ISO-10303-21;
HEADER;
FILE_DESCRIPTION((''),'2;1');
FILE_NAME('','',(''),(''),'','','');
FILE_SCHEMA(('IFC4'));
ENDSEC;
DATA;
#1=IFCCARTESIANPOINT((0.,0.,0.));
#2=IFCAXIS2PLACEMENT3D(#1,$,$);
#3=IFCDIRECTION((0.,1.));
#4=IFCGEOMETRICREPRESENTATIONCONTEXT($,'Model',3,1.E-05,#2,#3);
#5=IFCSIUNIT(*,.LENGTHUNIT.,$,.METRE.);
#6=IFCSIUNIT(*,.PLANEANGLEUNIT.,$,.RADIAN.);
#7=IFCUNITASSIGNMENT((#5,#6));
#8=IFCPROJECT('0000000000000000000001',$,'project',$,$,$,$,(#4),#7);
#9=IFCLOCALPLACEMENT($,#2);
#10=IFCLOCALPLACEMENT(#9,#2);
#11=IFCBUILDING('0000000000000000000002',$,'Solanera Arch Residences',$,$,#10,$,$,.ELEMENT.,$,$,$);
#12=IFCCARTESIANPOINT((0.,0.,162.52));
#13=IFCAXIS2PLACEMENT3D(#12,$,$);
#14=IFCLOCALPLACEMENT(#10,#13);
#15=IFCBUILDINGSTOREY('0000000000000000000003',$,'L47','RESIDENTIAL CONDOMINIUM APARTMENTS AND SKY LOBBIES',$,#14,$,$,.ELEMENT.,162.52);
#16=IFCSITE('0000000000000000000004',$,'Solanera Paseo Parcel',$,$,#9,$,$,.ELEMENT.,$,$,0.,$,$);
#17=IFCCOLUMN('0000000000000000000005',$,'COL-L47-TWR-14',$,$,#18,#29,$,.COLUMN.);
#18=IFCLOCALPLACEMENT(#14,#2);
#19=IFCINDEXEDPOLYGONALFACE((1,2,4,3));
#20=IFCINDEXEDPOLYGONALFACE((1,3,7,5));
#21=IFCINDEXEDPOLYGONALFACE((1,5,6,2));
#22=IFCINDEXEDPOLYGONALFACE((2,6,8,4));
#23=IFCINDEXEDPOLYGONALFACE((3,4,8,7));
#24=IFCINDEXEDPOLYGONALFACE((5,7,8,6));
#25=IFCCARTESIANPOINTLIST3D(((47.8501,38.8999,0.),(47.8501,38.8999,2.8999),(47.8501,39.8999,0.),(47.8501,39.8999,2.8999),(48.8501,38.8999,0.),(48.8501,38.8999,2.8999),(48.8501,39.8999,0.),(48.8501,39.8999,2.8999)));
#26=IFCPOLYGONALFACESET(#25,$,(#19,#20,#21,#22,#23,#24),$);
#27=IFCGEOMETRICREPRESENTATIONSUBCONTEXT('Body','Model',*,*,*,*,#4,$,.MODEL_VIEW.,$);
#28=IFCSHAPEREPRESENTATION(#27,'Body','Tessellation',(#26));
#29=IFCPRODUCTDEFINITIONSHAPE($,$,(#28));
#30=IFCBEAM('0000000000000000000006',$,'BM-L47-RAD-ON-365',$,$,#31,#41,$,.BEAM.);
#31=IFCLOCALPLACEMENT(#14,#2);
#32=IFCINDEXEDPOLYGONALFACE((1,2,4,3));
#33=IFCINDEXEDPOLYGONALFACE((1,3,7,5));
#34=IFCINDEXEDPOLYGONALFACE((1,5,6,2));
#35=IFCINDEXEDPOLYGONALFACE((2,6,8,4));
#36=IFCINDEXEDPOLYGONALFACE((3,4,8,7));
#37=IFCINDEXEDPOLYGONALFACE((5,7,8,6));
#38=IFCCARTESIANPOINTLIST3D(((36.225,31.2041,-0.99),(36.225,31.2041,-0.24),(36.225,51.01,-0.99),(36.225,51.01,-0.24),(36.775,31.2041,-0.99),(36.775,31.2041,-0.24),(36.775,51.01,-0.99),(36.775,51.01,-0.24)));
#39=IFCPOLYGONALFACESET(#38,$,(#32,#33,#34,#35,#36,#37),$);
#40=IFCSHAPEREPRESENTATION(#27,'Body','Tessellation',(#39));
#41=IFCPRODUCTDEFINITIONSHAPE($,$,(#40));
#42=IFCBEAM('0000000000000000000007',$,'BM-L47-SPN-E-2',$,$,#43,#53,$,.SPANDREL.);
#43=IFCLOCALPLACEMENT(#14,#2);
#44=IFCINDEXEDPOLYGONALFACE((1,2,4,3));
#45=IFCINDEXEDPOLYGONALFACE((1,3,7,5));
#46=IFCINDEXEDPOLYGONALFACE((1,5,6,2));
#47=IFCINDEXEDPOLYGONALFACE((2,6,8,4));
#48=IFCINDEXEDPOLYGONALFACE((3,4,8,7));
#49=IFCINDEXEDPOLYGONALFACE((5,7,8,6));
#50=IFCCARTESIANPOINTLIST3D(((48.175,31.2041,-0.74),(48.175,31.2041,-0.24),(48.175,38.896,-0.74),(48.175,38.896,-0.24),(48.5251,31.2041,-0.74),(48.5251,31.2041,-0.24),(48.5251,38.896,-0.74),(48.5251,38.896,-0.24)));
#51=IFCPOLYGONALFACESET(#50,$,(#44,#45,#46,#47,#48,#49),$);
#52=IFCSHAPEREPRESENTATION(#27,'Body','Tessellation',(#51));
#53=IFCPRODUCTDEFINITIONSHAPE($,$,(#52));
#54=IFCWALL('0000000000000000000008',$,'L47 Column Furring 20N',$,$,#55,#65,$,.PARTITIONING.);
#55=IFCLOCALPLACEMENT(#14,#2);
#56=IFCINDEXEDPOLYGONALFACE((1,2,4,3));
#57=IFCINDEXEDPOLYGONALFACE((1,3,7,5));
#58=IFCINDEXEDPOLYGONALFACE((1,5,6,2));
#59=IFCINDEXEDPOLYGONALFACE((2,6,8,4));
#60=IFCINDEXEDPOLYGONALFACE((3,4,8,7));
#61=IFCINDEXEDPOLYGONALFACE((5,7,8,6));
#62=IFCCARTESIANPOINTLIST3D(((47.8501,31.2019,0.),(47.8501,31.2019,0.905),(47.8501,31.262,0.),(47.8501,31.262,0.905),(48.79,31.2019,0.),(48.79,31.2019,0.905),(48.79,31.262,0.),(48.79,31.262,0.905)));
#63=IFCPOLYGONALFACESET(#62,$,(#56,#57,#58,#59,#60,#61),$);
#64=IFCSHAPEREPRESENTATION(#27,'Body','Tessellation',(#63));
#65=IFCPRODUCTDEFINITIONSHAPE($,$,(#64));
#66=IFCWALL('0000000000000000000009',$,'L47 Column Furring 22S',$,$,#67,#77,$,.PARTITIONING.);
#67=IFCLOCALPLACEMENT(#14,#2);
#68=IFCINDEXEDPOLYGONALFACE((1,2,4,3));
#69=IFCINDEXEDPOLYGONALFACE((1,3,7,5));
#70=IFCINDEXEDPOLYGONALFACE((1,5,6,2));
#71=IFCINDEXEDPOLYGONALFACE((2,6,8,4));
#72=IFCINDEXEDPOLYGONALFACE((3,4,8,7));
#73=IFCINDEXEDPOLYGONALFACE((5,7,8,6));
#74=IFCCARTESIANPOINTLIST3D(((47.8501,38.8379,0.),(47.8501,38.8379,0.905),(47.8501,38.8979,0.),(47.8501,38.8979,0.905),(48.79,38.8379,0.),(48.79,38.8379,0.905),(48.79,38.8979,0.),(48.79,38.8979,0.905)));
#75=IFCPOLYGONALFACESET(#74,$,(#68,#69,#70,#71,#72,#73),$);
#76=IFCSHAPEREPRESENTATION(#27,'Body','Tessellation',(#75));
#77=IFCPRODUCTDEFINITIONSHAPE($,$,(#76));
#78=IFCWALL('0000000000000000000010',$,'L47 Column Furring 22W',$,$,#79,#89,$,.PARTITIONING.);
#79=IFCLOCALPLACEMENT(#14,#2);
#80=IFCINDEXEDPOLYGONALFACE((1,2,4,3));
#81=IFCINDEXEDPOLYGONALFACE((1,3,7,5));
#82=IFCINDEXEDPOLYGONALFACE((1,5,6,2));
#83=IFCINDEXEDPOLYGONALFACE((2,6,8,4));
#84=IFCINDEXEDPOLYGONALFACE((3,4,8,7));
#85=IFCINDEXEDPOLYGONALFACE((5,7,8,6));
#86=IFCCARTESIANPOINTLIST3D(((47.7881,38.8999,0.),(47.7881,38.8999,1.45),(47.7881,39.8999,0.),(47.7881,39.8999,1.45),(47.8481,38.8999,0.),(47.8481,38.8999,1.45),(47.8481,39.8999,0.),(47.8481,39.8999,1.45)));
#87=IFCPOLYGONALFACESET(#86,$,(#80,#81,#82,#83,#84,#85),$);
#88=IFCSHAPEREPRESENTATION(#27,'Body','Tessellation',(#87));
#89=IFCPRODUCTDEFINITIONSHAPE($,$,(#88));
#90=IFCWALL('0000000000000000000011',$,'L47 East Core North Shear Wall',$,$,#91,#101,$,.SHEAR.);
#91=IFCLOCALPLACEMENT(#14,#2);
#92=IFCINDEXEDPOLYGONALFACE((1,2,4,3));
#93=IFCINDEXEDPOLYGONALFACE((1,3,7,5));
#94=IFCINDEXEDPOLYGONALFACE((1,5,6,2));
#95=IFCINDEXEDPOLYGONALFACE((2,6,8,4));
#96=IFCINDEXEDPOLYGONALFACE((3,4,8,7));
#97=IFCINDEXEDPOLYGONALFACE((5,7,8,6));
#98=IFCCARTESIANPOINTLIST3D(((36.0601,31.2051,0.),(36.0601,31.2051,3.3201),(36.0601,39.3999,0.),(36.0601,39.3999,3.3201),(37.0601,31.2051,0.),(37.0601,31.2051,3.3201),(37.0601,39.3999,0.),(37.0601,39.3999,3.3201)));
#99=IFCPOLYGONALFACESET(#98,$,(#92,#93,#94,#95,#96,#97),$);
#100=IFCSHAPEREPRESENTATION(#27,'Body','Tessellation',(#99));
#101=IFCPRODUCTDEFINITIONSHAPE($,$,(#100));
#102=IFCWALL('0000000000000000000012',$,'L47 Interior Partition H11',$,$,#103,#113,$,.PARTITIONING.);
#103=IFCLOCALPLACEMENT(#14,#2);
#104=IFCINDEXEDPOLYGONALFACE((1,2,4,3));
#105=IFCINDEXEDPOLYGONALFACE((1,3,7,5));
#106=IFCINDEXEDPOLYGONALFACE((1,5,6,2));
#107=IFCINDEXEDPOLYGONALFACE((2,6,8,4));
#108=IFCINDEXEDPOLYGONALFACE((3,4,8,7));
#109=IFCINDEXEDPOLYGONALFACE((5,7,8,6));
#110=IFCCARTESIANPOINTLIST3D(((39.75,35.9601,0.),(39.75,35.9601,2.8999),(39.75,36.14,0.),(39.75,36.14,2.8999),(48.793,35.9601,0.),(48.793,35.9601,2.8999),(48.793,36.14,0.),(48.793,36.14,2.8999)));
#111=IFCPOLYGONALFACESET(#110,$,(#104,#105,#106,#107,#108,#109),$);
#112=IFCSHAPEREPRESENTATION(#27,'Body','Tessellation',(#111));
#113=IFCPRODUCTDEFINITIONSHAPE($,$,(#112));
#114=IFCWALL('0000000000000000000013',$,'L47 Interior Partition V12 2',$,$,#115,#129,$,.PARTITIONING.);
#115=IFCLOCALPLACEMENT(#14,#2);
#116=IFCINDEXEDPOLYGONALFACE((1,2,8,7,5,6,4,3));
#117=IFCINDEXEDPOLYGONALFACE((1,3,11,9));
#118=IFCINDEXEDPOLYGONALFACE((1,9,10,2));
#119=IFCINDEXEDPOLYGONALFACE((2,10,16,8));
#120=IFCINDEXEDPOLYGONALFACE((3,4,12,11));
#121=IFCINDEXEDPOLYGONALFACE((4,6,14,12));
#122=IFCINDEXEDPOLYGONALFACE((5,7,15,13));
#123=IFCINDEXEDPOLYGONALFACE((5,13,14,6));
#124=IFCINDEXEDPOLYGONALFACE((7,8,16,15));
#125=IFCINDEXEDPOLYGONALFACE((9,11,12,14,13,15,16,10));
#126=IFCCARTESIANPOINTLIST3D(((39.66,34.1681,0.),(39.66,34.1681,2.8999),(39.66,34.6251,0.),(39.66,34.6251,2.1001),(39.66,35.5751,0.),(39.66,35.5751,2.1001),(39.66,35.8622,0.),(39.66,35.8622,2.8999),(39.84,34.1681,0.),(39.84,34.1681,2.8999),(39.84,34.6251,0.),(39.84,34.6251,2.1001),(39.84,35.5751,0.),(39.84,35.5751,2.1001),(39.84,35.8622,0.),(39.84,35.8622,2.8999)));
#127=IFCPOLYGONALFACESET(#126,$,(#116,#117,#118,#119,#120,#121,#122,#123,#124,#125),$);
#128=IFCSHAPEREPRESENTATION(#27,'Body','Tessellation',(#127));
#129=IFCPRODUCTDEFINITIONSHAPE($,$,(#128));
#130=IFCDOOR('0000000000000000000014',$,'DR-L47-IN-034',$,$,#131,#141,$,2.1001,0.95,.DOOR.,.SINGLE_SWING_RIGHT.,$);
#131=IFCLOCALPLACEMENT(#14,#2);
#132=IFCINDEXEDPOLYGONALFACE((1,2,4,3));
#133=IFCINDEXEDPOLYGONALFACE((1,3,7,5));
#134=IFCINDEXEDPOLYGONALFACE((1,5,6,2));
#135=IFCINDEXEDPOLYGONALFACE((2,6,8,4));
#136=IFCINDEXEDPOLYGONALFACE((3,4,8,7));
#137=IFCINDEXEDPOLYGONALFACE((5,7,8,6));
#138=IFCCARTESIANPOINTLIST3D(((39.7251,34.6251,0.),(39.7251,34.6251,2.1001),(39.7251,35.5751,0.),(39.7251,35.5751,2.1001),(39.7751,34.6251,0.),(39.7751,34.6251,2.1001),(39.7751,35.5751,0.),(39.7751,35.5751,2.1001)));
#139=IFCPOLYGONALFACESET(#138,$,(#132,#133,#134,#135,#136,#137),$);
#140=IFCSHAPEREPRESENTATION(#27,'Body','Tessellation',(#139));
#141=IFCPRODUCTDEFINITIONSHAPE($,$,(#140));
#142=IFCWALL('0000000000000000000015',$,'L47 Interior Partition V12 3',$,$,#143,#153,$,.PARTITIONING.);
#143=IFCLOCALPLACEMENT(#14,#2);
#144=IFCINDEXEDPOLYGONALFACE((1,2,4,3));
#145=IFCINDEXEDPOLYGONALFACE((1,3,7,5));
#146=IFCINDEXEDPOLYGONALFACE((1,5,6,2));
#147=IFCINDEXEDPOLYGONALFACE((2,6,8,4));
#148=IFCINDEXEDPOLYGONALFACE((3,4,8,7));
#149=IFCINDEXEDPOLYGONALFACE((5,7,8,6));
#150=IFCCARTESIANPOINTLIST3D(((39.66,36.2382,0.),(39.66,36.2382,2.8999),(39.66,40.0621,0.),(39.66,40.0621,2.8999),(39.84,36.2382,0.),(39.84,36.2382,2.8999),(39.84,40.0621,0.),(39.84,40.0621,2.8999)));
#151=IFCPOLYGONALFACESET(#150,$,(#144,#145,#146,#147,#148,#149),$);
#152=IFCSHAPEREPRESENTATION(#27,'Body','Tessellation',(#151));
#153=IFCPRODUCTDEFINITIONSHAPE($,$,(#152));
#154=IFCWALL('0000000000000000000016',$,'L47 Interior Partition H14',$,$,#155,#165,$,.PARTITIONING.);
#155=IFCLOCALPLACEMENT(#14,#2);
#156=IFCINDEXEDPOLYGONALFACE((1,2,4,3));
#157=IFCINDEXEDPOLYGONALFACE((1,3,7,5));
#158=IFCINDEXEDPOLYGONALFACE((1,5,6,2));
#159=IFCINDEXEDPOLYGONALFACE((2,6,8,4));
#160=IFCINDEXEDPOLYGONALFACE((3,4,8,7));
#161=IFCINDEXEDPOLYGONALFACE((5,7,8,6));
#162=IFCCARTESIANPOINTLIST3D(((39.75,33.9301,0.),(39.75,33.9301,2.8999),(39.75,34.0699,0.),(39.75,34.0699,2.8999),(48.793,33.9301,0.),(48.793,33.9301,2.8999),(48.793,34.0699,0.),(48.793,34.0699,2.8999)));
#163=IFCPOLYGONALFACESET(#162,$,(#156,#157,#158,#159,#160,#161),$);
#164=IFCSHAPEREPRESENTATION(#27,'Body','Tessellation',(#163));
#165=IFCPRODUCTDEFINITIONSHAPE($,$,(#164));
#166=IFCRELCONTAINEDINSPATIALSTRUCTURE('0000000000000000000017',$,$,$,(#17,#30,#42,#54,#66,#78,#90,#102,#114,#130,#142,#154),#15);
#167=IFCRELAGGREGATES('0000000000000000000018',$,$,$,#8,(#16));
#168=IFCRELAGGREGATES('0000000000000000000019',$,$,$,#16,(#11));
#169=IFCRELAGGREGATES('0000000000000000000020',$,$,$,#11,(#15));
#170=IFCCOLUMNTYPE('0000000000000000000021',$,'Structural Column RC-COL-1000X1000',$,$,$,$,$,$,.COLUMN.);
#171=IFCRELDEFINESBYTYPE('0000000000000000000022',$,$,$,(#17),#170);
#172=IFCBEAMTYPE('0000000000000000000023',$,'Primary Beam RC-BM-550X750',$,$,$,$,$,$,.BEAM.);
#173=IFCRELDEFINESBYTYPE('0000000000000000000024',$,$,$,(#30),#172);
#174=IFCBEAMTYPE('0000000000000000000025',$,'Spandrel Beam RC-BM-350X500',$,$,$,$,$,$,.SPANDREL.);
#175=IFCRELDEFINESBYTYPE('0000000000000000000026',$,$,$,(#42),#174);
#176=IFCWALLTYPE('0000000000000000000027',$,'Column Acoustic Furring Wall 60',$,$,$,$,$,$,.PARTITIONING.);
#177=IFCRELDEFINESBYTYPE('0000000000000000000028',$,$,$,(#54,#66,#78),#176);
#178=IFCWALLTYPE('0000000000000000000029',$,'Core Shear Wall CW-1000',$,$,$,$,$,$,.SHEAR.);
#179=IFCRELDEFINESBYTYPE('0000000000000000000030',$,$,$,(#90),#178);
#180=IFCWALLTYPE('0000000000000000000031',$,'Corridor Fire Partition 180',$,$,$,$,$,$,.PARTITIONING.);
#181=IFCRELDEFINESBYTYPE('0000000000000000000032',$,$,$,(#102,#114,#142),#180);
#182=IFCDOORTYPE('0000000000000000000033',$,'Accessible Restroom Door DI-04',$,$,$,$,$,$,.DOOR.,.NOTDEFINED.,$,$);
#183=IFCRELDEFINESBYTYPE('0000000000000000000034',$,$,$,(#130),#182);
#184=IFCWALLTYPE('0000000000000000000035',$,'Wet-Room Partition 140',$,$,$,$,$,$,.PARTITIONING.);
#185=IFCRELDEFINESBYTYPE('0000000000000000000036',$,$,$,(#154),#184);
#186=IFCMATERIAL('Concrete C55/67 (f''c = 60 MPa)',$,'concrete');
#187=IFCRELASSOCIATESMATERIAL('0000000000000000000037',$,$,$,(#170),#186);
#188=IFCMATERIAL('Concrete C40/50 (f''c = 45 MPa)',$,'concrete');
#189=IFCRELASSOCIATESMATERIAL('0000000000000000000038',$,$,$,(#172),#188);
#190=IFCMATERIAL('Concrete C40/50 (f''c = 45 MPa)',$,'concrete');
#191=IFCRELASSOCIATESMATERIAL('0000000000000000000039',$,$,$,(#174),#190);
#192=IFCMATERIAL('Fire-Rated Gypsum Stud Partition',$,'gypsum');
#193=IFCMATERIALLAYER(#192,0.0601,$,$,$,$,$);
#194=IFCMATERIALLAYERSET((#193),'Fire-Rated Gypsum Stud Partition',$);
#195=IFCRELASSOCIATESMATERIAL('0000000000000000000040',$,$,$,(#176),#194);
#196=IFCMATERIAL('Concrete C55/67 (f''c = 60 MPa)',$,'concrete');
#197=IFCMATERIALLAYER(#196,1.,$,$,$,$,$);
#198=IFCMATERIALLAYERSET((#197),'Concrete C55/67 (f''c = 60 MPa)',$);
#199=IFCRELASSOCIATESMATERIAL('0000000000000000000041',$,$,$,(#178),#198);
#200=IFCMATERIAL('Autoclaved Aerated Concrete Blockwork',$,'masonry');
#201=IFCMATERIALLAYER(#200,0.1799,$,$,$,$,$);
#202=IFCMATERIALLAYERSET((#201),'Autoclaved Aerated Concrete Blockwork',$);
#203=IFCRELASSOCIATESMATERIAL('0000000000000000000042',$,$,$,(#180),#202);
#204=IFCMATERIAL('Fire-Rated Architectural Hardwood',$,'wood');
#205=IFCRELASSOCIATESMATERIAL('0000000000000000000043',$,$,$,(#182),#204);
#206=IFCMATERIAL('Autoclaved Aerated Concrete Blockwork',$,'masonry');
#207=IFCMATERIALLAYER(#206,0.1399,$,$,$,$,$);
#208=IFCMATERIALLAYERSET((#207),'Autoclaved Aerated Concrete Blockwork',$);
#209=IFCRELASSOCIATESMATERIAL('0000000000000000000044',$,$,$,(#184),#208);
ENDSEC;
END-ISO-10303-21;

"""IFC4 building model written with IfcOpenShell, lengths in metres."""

from ifc_helpers import new_model, si_unit, direction, frame, frame_2d, origin, origin_2d, place, context, subcontext, project, spatial, rectangle, extrude, material, layer, layer_set, material_profile, profile_set, type_object, element, fill, save


model = new_model("IFC4")

# Units and contexts
model_context = context("Model", 3, precision=1e-05, world=origin(), true_north=direction((0.0, 1.0)))
body_context = subcontext(model_context, "Body", "Model", "MODEL_VIEW")
ifc_project = project(units=[si_unit("LENGTHUNIT", "METRE"), si_unit("PLANEANGLEUNIT", "RADIAN")], contexts=[model_context])

# Site, building, storey
site_placement = place(None, origin())
site = spatial("IfcSite", under=ifc_project, at=site_placement, Name="Solanera Paseo Parcel", CompositionType="ELEMENT", RefElevation=0.0)
building_placement = place(site_placement, origin())
building = spatial("IfcBuilding", under=site, at=building_placement, Name="Solanera Arch Residences", CompositionType="ELEMENT")
storey_placement = place(building_placement, frame((0.0, 0.0, 162.52)))
storey = spatial("IfcBuildingStorey", under=building, at=storey_placement, Name="L47", Description="RESIDENTIAL CONDOMINIUM APARTMENTS AND SKY LOBBIES", CompositionType="ELEMENT", Elevation=162.52)

# Column
ifc_material_1 = material(Name="Concrete C55/67 (f'c = 60 MPa)", Category="concrete")
ifc_material_profile_1 = material_profile(ifc_material_1, rectangle(XDim=1.0, YDim=1.0, at=origin_2d()))
ifc_profile_set_1 = profile_set([ifc_material_profile_1], Name="Concrete C55/67 (f'c = 60 MPa)")
column_type = type_object("IfcColumnType", Name="Structural Column RC-COL-1000X1000", PredefinedType="COLUMN", material=ifc_profile_set_1)
column_placement = place(storey_placement, frame((48.3501, 39.3999, 0.0), z_axis=(0.0, 0.0, 1.0), x_axis=(1.0, 0.0, 0.0)))
element("IfcColumn", 1, at=column_placement, inside=storey, type_object=column_type, Name="COL-L47-TWR-14", PredefinedType="COLUMN", context=body_context, shape_type="SweptSolid", body=[
    extrude(rectangle(XDim=1.0, YDim=1.0, at=origin_2d()), origin(), (0.0, 0.0, 1.0), 2.8999),
])

# Beams
ifc_material_2 = material(Name="Concrete C40/50 (f'c = 45 MPa)", Category="concrete")
ifc_material_profile_2 = material_profile(ifc_material_2, rectangle(XDim=0.55, YDim=0.75, at=origin_2d()))
ifc_profile_set_2 = profile_set([ifc_material_profile_2], Name="Concrete C40/50 (f'c = 45 MPa)")
beam_type_1 = type_object("IfcBeamType", Name="Primary Beam RC-BM-550X750", PredefinedType="BEAM", material=ifc_profile_set_2)
beam_1_placement = place(storey_placement, frame((36.5, 31.2041, -0.615), z_axis=(0.0, 1.0, 0.0), x_axis=(-1.0, 0.0, 0.0)))
element("IfcBeam", 2, at=beam_1_placement, inside=storey, type_object=beam_type_1, Name="BM-L47-RAD-ON-365", PredefinedType="BEAM", context=body_context, shape_type="SweptSolid", body=[
    extrude(rectangle(XDim=0.55, YDim=0.75, at=origin_2d()), origin(), (0.0, 0.0, 1.0), 19.8059),
])
ifc_material_3 = material(Name="Concrete C40/50 (f'c = 45 MPa)", Category="concrete")
ifc_material_profile_3 = material_profile(ifc_material_3, rectangle(XDim=0.3501, YDim=0.5, at=origin_2d()))
ifc_profile_set_3 = profile_set([ifc_material_profile_3], Name="Concrete C40/50 (f'c = 45 MPa)")
beam_type_2 = type_object("IfcBeamType", Name="Spandrel Beam RC-BM-350X500", PredefinedType="SPANDREL", material=ifc_profile_set_3)
beam_2_placement = place(storey_placement, frame((48.3501, 31.2041, -0.49), z_axis=(0.0, 1.0, 0.0), x_axis=(-1.0, 0.0, 0.0)))
element("IfcBeam", 3, at=beam_2_placement, inside=storey, type_object=beam_type_2, Name="BM-L47-SPN-E-2", PredefinedType="SPANDREL", context=body_context, shape_type="SweptSolid", body=[
    extrude(rectangle(XDim=0.3501, YDim=0.5, at=origin_2d()), origin(), (0.0, 0.0, 1.0), 7.6919),
])

# Walls
ifc_material_4 = material(Name="Fire-Rated Gypsum Stud Partition", Category="gypsum")
ifc_layer_1 = layer(ifc_material_4, 0.0601)
ifc_layer_set_1 = layer_set([ifc_layer_1], Name="Fire-Rated Gypsum Stud Partition")
wall_type_1 = type_object("IfcWallType", Name="Column Acoustic Furring Wall 60", PredefinedType="PARTITIONING", material=ifc_layer_set_1)
for number, where, z_axis, x_axis, name in (
    (4, (47.8501, 31.2319, 0.0), (0.0, 0.0, 1.0), (1.0, 0.0, 0.0), "L47 Column Furring 20N"),
    (5, (47.8501, 38.8679, 0.0), (0.0, 0.0, 1.0), (1.0, 0.0, 0.0), "L47 Column Furring 22S"),
):
    element("IfcWall", number, at=place(storey_placement, frame(where, z_axis=z_axis, x_axis=x_axis)), inside=storey, type_object=wall_type_1, Name=name, PredefinedType="PARTITIONING", context=body_context, shape_type="SweptSolid", body=[
        extrude(rectangle(XDim=0.9399, YDim=0.0601, at=frame_2d((0.47, 0.0))), origin(), (0.0, 0.0, 1.0), 0.905),
    ])
wall_1_placement = place(storey_placement, frame((47.8181, 38.8999, 0.0), z_axis=(0.0, 0.0, 1.0), x_axis=(0.0, 1.0, 0.0)))
element("IfcWall", 6, at=wall_1_placement, inside=storey, type_object=wall_type_1, Name="L47 Column Furring 22W", PredefinedType="PARTITIONING", context=body_context, shape_type="SweptSolid", body=[
    extrude(rectangle(XDim=1.0, YDim=0.0601, at=frame_2d((0.5, 0.0))), origin(), (0.0, 0.0, 1.0), 1.45),
])
ifc_material_5 = material(Name="Concrete C55/67 (f'c = 60 MPa)", Category="concrete")
ifc_layer_2 = layer(ifc_material_5, 1.0)
ifc_layer_set_2 = layer_set([ifc_layer_2], Name="Concrete C55/67 (f'c = 60 MPa)")
wall_type_2 = type_object("IfcWallType", Name="Core Shear Wall CW-1000", PredefinedType="SHEAR", material=ifc_layer_set_2)
wall_2_placement = place(storey_placement, frame((36.5601, 31.2051, 0.0), z_axis=(0.0, 0.0, 1.0), x_axis=(0.0, 1.0, 0.0)))
element("IfcWall", 7, at=wall_2_placement, inside=storey, type_object=wall_type_2, Name="L47 East Core North Shear Wall", PredefinedType="SHEAR", context=body_context, shape_type="SweptSolid", body=[
    extrude(rectangle(XDim=8.1948, YDim=1.0, at=frame_2d((4.0974, 0.0))), origin(), (0.0, 0.0, 1.0), 3.3201),
])
ifc_material_6 = material(Name="Autoclaved Aerated Concrete Blockwork", Category="masonry")
ifc_layer_3 = layer(ifc_material_6, 0.1799)
ifc_layer_set_3 = layer_set([ifc_layer_3], Name="Autoclaved Aerated Concrete Blockwork")
wall_type_3 = type_object("IfcWallType", Name="Corridor Fire Partition 180", PredefinedType="PARTITIONING", material=ifc_layer_set_3)
wall_3_placement = place(storey_placement, frame((39.75, 36.05, 0.0), z_axis=(0.0, 0.0, 1.0), x_axis=(1.0, 0.0, 0.0)))
element("IfcWall", 8, at=wall_3_placement, inside=storey, type_object=wall_type_3, Name="L47 Interior Partition H11", PredefinedType="PARTITIONING", context=body_context, shape_type="SweptSolid", body=[
    extrude(rectangle(XDim=9.043, YDim=0.1799, at=frame_2d((4.5215, 0.0))), origin(), (0.0, 0.0, 1.0), 2.8999),
])

# Wall, opening, door
wall_4_placement = place(storey_placement, frame((39.75, 34.168, 0.0), z_axis=(0.0, 0.0, 1.0), x_axis=(0.0, 1.0, 0.0)))
wall_4 = element("IfcWall", 9, at=wall_4_placement, inside=storey, type_object=wall_type_3, Name="L47 Interior Partition V12 2", PredefinedType="PARTITIONING", context=body_context, shape_type="SweptSolid", body=[
    extrude(rectangle(XDim=1.6941, YDim=0.1799, at=frame_2d((0.8472, 0.0))), origin(), (0.0, 0.0, 1.0), 2.8999),
])
opening_placement = place(wall_4_placement, frame((0.457, 0.0, 0.0)))
opening = element("IfcOpeningElement", 10, at=opening_placement, cuts=wall_4, PredefinedType="OPENING", context=body_context, shape_type="SweptSolid", body=[
    extrude(rectangle(XDim=0.95, YDim=2.1001, at=frame_2d((0.4751, 1.05))), frame((0.0, 0.1001, 0.0), z_axis=(0.0, -1.0, 0.0), x_axis=(1.0, 0.0, 0.0)), (0.0, 0.0, 1.0), 0.1999),
])
ifc_material_7 = material(Name="Fire-Rated Architectural Hardwood", Category="wood")
door_type = type_object("IfcDoorType", Name="Accessible Restroom Door DI-04", OperationType="NOTDEFINED", PredefinedType="DOOR", material=ifc_material_7)
door_placement = place(opening_placement, origin())
door = element("IfcDoor", 11, at=door_placement, inside=storey, type_object=door_type, Name="DR-L47-IN-034", OperationType="SINGLE_SWING_RIGHT", OverallHeight=2.1001, OverallWidth=0.95, PredefinedType="DOOR", context=body_context, shape_type="SweptSolid", body=[
    extrude(rectangle(XDim=0.95, YDim=2.1001, at=frame_2d((0.4751, 1.05))), frame((0.0, 0.0249, 0.0), z_axis=(0.0, -1.0, 0.0), x_axis=(1.0, 0.0, 0.0)), (0.0, 0.0, 1.0), 0.05),
])
fill(opening, door)

# Walls
wall_5_placement = place(storey_placement, frame((39.75, 36.238, 0.0), z_axis=(0.0, 0.0, 1.0), x_axis=(0.0, 1.0, 0.0)))
element("IfcWall", 12, at=wall_5_placement, inside=storey, type_object=wall_type_3, Name="L47 Interior Partition V12 3", PredefinedType="PARTITIONING", context=body_context, shape_type="SweptSolid", body=[
    extrude(rectangle(XDim=3.824, YDim=0.1799, at=frame_2d((1.9121, 0.0))), origin(), (0.0, 0.0, 1.0), 2.8999),
])
ifc_material_8 = material(Name="Autoclaved Aerated Concrete Blockwork", Category="masonry")
ifc_layer_4 = layer(ifc_material_8, 0.1399)
ifc_layer_set_4 = layer_set([ifc_layer_4], Name="Autoclaved Aerated Concrete Blockwork")
wall_type_4 = type_object("IfcWallType", Name="Wet-Room Partition 140", PredefinedType="PARTITIONING", material=ifc_layer_set_4)
wall_6_placement = place(storey_placement, frame((39.75, 34.0, 0.0), z_axis=(0.0, 0.0, 1.0), x_axis=(1.0, 0.0, 0.0)))
element("IfcWall", 13, at=wall_6_placement, inside=storey, type_object=wall_type_4, Name="L47 Interior Partition H14", PredefinedType="PARTITIONING", context=body_context, shape_type="SweptSolid", body=[
    extrude(rectangle(XDim=9.043, YDim=0.1399, at=frame_2d((4.5215, 0.0))), origin(), (0.0, 0.0, 1.0), 2.8999),
])

save(model, "model.ifc")
